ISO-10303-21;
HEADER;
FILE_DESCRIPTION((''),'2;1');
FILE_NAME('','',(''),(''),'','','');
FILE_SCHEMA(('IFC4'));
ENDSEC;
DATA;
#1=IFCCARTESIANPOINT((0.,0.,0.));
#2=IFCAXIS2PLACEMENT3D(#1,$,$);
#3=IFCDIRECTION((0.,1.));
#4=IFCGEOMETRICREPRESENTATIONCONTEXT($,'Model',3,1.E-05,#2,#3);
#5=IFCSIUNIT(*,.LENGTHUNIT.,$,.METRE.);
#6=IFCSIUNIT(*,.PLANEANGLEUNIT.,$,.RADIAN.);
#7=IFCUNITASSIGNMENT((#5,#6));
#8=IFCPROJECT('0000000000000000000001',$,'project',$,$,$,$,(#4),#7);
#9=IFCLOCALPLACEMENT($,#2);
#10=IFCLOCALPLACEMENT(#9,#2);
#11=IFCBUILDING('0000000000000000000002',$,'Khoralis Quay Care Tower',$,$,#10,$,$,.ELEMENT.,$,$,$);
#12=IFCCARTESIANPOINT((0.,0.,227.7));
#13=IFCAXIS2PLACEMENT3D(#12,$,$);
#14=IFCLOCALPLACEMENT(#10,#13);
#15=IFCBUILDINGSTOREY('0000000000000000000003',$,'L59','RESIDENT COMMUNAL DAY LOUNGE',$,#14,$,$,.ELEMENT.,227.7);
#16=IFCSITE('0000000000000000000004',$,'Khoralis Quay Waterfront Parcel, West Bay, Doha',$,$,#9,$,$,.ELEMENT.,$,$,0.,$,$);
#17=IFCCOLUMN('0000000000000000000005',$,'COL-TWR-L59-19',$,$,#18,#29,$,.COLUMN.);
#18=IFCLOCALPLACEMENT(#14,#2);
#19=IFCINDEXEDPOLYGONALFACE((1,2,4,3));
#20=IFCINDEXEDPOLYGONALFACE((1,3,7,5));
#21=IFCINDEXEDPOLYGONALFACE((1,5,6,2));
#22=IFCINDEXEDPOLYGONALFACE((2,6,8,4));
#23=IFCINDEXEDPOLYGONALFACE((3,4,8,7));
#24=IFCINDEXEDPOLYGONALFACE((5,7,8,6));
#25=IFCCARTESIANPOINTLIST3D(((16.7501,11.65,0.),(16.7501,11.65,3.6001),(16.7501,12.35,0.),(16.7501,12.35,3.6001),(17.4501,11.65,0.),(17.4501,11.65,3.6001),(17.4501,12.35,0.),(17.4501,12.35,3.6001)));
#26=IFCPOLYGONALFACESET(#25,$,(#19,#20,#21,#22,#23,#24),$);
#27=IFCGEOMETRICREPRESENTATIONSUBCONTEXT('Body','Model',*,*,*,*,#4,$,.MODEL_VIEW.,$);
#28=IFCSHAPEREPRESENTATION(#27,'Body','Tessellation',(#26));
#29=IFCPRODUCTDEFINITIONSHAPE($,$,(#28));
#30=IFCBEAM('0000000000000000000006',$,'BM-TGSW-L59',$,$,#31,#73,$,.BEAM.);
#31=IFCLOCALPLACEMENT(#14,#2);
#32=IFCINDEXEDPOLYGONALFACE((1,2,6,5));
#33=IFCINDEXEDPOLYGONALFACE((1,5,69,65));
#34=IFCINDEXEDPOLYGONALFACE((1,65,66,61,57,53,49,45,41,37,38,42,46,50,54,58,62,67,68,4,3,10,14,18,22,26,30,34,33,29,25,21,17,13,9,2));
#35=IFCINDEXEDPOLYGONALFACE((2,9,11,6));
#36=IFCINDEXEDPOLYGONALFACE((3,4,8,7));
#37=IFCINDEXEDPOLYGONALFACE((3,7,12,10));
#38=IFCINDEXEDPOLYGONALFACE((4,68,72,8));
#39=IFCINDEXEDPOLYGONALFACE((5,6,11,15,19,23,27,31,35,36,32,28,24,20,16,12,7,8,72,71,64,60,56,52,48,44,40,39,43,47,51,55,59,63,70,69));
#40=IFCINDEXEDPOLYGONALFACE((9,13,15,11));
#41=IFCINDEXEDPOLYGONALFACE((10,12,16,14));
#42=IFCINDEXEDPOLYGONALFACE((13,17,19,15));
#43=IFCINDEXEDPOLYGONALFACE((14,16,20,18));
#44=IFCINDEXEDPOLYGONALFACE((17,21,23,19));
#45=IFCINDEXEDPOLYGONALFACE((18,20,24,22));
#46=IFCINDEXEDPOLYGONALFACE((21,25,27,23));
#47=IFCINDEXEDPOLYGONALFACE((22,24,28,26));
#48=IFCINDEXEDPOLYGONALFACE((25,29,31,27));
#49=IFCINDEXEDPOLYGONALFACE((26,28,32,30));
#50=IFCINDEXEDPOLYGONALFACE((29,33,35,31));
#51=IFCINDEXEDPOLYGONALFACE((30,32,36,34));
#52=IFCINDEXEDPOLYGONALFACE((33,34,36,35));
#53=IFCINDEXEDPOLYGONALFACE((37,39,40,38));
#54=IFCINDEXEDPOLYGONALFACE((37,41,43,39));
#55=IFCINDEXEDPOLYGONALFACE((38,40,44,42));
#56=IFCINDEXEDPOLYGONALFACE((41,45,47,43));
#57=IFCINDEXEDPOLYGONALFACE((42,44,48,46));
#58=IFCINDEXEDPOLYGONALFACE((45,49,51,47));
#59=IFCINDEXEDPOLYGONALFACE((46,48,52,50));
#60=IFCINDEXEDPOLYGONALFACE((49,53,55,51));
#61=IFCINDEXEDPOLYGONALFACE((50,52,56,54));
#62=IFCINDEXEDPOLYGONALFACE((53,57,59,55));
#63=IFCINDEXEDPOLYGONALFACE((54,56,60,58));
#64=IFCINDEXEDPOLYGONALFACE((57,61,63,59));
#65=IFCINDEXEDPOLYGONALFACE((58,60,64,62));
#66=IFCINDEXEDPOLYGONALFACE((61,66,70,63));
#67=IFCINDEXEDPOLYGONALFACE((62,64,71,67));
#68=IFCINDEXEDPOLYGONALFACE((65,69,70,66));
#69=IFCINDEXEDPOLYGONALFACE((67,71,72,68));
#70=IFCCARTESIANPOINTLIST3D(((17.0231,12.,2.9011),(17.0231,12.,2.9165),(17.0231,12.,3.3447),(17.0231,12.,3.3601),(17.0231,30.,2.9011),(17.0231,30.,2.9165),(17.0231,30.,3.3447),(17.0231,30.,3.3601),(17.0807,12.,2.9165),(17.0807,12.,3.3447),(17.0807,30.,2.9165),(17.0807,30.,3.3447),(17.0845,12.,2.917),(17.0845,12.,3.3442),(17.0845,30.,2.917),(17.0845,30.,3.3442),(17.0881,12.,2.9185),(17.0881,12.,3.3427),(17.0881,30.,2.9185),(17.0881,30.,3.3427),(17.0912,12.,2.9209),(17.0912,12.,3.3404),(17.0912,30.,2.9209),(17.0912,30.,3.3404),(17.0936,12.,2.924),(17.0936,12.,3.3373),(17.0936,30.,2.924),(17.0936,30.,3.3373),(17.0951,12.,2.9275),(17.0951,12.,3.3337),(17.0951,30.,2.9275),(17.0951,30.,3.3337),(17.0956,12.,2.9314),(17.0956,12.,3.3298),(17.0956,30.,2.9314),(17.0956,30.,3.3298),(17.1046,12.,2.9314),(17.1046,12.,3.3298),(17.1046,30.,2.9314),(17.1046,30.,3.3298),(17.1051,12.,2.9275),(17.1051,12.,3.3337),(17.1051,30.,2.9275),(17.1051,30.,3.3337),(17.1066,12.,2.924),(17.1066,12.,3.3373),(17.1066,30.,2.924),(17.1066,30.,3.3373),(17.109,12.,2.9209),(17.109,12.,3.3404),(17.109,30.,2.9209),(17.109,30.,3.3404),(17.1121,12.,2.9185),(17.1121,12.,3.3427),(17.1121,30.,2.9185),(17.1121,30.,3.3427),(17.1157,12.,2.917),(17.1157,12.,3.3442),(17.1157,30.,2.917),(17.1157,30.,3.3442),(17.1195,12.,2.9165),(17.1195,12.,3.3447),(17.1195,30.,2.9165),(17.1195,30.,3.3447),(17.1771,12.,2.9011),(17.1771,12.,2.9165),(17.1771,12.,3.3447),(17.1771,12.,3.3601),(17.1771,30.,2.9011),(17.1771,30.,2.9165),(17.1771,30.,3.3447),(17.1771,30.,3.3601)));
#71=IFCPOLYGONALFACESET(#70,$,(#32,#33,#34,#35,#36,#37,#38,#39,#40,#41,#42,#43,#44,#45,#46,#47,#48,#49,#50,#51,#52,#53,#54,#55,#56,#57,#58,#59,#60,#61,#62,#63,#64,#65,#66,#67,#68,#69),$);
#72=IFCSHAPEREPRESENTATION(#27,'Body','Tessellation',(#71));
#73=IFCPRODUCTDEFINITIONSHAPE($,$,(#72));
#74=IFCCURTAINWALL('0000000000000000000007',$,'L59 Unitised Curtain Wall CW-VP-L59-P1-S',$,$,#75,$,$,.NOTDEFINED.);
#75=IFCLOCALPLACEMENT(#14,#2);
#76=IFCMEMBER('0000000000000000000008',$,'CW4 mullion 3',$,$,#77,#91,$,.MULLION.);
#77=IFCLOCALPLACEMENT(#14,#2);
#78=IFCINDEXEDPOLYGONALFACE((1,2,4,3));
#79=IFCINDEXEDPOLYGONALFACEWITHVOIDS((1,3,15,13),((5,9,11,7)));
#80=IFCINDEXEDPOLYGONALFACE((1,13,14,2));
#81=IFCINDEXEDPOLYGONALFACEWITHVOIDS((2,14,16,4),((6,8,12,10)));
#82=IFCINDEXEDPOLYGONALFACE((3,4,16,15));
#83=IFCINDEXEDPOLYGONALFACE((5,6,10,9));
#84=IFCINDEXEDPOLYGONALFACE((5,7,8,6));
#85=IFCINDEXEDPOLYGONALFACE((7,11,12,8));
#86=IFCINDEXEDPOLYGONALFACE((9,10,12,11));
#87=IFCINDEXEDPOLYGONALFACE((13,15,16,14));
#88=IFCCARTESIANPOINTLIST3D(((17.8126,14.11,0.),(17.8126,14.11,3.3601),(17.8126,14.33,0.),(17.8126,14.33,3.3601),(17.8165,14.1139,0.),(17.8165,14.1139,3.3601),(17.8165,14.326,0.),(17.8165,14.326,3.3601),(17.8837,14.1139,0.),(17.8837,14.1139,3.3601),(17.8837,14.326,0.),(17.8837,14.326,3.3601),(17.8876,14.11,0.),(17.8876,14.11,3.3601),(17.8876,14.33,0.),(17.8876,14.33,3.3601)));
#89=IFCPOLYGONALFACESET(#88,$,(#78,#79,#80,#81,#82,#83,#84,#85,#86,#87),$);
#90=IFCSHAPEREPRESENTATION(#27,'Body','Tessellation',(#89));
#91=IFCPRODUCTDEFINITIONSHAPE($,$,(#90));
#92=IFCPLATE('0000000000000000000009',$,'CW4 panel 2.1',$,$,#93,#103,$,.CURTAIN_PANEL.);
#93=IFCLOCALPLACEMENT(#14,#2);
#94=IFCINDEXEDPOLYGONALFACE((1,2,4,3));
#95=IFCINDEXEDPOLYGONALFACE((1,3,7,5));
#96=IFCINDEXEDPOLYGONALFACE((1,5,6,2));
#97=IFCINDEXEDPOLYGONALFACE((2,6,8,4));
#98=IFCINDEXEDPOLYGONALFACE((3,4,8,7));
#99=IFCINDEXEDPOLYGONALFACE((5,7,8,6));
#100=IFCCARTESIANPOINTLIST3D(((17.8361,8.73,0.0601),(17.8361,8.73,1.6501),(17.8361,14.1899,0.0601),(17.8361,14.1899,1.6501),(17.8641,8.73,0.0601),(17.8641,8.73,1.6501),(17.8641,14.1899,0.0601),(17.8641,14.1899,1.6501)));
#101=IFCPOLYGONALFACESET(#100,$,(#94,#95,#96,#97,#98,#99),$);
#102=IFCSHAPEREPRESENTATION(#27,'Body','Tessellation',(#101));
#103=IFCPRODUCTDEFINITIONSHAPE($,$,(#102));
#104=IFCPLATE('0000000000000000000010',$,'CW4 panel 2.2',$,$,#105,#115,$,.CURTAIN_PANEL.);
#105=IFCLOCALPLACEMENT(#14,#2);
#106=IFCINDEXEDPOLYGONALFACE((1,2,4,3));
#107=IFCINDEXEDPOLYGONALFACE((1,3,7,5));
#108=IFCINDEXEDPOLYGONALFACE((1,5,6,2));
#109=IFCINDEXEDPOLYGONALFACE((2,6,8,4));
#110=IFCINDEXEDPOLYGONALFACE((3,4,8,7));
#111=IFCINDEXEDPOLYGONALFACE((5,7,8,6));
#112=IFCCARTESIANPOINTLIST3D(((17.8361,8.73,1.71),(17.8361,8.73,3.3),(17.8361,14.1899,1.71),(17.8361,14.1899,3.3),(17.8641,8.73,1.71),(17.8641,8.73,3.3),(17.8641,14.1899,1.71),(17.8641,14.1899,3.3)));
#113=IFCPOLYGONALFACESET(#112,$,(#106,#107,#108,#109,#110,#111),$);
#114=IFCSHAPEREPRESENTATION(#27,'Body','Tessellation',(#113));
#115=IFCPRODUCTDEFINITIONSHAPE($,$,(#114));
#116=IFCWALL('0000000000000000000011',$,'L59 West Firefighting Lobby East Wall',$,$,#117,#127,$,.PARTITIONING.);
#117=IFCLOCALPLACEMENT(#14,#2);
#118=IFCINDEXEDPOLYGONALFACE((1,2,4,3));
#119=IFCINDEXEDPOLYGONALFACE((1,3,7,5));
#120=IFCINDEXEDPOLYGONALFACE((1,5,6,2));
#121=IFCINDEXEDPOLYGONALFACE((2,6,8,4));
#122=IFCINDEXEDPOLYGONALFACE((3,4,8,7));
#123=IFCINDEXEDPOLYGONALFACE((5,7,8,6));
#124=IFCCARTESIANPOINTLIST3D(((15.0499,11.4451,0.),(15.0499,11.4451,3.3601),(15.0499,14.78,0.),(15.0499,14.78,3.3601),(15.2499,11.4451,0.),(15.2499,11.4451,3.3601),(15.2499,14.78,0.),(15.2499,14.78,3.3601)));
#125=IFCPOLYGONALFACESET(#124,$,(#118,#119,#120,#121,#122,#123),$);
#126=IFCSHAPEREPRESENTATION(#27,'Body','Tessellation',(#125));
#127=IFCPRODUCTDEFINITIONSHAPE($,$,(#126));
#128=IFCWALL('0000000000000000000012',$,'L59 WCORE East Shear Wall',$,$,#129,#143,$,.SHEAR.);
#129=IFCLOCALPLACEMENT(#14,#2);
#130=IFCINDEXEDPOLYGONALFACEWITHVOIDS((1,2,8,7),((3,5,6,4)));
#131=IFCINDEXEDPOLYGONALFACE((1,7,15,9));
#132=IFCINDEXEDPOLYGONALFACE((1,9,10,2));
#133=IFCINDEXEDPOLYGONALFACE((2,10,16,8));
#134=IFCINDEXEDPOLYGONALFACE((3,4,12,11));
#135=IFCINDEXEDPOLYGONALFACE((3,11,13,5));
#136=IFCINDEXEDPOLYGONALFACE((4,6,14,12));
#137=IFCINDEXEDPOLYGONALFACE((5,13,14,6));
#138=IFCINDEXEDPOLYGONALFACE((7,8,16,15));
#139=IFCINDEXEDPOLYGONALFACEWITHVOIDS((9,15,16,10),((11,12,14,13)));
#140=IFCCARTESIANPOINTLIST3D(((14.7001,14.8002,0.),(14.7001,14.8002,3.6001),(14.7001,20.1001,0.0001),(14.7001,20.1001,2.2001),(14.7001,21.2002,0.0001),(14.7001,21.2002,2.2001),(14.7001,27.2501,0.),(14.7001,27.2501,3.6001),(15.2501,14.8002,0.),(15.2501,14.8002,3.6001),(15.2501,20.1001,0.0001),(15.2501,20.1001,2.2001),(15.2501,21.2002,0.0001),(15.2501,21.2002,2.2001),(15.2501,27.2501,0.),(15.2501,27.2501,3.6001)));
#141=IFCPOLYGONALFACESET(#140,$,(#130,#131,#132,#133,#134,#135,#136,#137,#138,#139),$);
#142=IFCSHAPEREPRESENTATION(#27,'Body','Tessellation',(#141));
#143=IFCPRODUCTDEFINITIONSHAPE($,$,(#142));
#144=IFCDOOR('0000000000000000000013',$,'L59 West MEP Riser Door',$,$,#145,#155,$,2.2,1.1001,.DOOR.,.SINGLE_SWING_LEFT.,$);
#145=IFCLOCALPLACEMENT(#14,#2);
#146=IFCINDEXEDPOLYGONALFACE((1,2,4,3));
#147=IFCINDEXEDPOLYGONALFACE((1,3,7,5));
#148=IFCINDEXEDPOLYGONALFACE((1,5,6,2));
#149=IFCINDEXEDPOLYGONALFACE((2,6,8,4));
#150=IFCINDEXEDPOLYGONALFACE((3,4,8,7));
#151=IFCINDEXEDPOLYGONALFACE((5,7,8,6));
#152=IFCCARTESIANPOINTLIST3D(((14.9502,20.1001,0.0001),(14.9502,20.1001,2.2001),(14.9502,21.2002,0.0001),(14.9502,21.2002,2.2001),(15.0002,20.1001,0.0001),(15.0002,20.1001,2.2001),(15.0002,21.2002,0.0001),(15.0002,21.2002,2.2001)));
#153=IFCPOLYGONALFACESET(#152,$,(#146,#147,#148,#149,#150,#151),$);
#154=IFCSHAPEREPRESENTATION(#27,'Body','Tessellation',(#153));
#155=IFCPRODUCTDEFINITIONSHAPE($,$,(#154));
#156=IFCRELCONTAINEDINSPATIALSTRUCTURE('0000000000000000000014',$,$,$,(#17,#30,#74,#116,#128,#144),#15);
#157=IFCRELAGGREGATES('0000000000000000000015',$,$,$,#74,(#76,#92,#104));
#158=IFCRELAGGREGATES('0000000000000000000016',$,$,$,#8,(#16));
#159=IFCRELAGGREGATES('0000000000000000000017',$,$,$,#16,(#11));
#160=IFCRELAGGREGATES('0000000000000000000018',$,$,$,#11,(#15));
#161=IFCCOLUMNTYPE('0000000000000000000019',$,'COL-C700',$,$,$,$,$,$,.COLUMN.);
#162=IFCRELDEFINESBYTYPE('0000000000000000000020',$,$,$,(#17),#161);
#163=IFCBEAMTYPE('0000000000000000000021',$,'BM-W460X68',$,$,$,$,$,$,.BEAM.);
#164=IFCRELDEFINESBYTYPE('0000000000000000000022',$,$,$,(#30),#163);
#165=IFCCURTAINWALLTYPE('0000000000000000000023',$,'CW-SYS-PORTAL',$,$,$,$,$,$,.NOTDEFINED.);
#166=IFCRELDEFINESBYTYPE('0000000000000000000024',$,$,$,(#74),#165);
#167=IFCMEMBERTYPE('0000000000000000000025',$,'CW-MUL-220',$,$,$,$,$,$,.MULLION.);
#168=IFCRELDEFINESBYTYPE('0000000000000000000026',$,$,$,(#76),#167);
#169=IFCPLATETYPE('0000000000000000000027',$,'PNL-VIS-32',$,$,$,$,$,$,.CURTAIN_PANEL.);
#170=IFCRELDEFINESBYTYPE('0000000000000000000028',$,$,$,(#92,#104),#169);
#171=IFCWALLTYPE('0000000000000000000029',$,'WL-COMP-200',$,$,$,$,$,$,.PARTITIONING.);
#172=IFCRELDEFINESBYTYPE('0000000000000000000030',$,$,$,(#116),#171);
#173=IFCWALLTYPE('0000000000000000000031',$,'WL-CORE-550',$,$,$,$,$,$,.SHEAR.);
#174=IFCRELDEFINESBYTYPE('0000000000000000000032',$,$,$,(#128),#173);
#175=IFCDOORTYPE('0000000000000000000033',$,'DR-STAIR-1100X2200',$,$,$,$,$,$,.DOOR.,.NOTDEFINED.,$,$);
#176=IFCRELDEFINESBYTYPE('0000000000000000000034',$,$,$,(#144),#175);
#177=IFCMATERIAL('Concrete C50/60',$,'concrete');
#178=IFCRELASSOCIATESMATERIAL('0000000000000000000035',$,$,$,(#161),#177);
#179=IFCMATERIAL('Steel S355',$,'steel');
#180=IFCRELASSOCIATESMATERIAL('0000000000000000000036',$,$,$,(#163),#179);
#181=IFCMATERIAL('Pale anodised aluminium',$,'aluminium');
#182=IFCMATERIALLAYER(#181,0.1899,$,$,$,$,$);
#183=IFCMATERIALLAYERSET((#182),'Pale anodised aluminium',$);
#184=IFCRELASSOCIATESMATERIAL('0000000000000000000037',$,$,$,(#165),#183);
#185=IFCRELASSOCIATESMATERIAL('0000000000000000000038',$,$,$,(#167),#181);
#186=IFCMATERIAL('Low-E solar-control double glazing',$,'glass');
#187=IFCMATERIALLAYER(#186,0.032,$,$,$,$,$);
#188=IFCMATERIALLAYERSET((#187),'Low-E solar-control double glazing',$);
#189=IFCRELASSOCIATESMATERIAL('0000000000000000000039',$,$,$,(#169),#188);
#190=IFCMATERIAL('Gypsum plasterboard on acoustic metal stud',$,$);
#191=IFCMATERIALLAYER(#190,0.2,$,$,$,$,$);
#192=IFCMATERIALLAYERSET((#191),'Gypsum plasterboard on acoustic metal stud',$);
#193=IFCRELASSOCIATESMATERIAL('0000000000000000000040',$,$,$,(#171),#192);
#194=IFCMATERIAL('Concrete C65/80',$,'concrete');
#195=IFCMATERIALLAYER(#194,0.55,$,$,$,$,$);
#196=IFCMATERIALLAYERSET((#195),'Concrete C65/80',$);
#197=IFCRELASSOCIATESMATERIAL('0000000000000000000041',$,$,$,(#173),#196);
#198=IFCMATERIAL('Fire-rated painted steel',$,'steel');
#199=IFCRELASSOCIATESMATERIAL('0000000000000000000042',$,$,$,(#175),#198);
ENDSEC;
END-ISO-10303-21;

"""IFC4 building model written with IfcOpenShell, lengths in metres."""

from ifc_helpers import new_model, si_unit, direction, frame, frame_2d, origin, origin_2d, place, context, subcontext, project, spatial, rectangle, hollow_rectangle, i_section, extrude, source, transform, mapped, material, layer, layer_set, material_profile, profile_set, type_object, element, fill, aggregate, save


model = new_model("IFC4")

# Units and contexts
model_context = context("Model", 3, precision=1e-05, world=origin(), true_north=direction((0.0, 1.0)))
body_context = subcontext(model_context, "Body", "Model", "MODEL_VIEW")
ifc_project = project(units=[si_unit("LENGTHUNIT", "METRE"), si_unit("PLANEANGLEUNIT", "RADIAN")], contexts=[model_context])

# Site, building, storey
site_placement = place(None, origin())
site = spatial("IfcSite", under=ifc_project, at=site_placement, Name="Khoralis Quay Waterfront Parcel, West Bay, Doha", CompositionType="ELEMENT", RefElevation=0.0)
building_placement = place(site_placement, origin())
building = spatial("IfcBuilding", under=site, at=building_placement, Name="Khoralis Quay Care Tower", CompositionType="ELEMENT")
storey_placement = place(building_placement, frame((0.0, 0.0, 227.7)))
storey = spatial("IfcBuildingStorey", under=building, at=storey_placement, Name="L59", Description="RESIDENT COMMUNAL DAY LOUNGE", CompositionType="ELEMENT", Elevation=227.7)

# Column
ifc_material_1 = material(Name="Concrete C50/60", Category="concrete")
ifc_material_profile_1 = material_profile(ifc_material_1, rectangle(XDim=0.7, YDim=0.7, at=origin_2d()), Name="Concrete C50/60")
ifc_profile_set_1 = profile_set([ifc_material_profile_1], Name="Concrete C50/60")
column_type = type_object("IfcColumnType", Name="COL-C700", PredefinedType="COLUMN", material=ifc_profile_set_1)
shared_shape_1 = source(origin(), body_context, "Body", "SweptSolid", [
    extrude(rectangle(XDim=0.7, YDim=0.7, at=origin_2d()), origin(), (0.0, 0.0, 1.0), 3.6001),
])
column_placement = place(storey_placement, frame((17.1001, 12.0, 0.0), z_axis=(0.0, 0.0, 1.0), x_axis=(1.0, 0.0, 0.0)))
element("IfcColumn", 1, at=column_placement, inside=storey, type_object=column_type, Name="COL-TWR-L59-19", PredefinedType="COLUMN", context=body_context, shape_type="MappedRepresentation", body=[
    mapped(shared_shape_1, transform((0.0, 0.0, 0.0), scale=1.0)),
])

# Beam
ifc_material_2 = material(Name="Steel S355", Category="steel")
ifc_material_profile_2 = material_profile(ifc_material_2, i_section(OverallWidth=0.1541, OverallDepth=0.459, WebThickness=0.009, FlangeThickness=0.0154, FilletRadius=0.0149, at=origin_2d()), Name="Steel S355")
ifc_profile_set_2 = profile_set([ifc_material_profile_2], Name="Steel S355")
beam_type = type_object("IfcBeamType", Name="BM-W460X68", PredefinedType="BEAM", material=ifc_profile_set_2)
shared_shape_2 = source(origin(), body_context, "Body", "SweptSolid", [
    extrude(i_section(OverallWidth=0.1541, OverallDepth=0.459, WebThickness=0.009, FlangeThickness=0.0154, FilletRadius=0.0149, at=origin_2d()), origin(), (0.0, 0.0, 1.0), 18.0),
])
beam_placement = place(storey_placement, frame((17.1001, 12.0, 3.1306), z_axis=(0.0, 1.0, 0.0), x_axis=(-1.0, 0.0, 0.0)))
element("IfcBeam", 2, at=beam_placement, inside=storey, type_object=beam_type, Name="BM-TGSW-L59", PredefinedType="BEAM", context=body_context, shape_type="MappedRepresentation", body=[
    mapped(shared_shape_2, transform((0.0, 0.0, 0.0), scale=1.0)),
])

# Curtain wall, member, plates
ifc_material_3 = material(Name="Pale anodised aluminium", Category="aluminium")
ifc_layer_1 = layer(ifc_material_3, 0.1899)
ifc_layer_set_1 = layer_set([ifc_layer_1], Name="Pale anodised aluminium")
curtain_wall_type = type_object("IfcCurtainWallType", Name="CW-SYS-PORTAL", PredefinedType="NOTDEFINED", material=ifc_layer_set_1)
curtain_wall_placement = place(storey_placement, origin())
curtain_wall = element("IfcCurtainWall", 3, at=curtain_wall_placement, inside=storey, type_object=curtain_wall_type, Name="L59 Unitised Curtain Wall CW-VP-L59-P1-S", PredefinedType="NOTDEFINED")
ifc_material_profile_3 = material_profile(ifc_material_3, hollow_rectangle(XDim=0.075, YDim=0.22, WallThickness=0.0039, at=origin_2d()), Name="Pale anodised aluminium")
ifc_profile_set_3 = profile_set([ifc_material_profile_3], Name="Pale anodised aluminium")
member_type = type_object("IfcMemberType", Name="CW-MUL-220", PredefinedType="MULLION", material=ifc_profile_set_3)
shared_shape_3 = source(origin(), body_context, "Body", "SweptSolid", [
    extrude(hollow_rectangle(XDim=0.075, YDim=0.22, WallThickness=0.0039, at=origin_2d()), origin(), (0.0, 0.0, 1.0), 3.3601),
])
member_placement = place(storey_placement, frame((17.8501, 14.22, 0.0), z_axis=(0.0, 0.0, 1.0), x_axis=(-1.0, 0.0, 0.0)))
member = element("IfcMember", 4, at=member_placement, type_object=member_type, Name="CW4 mullion 3", PredefinedType="MULLION", context=body_context, shape_type="MappedRepresentation", body=[
    mapped(shared_shape_3, transform((0.0, 0.0, 0.0), scale=1.0)),
])
ifc_material_4 = material(Name="Low-E solar-control double glazing", Category="glass")
ifc_layer_2 = layer(ifc_material_4, 0.032)
ifc_layer_set_2 = layer_set([ifc_layer_2], Name="Low-E solar-control double glazing")
plate_type = type_object("IfcPlateType", Name="PNL-VIS-32", PredefinedType="CURTAIN_PANEL", material=ifc_layer_set_2)
shared_shape_4 = source(origin(), body_context, "Body", "SweptSolid", [
    extrude(rectangle(XDim=5.46, YDim=0.0281, at=origin_2d()), origin(), (0.0, 0.0, 1.0), 1.5901),
])
plate_1_placement = place(storey_placement, frame((17.8501, 11.46, 0.0601), z_axis=(0.0, 0.0, 1.0), x_axis=(0.0, 1.0, 0.0)))
plate_1 = element("IfcPlate", 5, at=plate_1_placement, type_object=plate_type, Name="CW4 panel 2.1", PredefinedType="CURTAIN_PANEL", context=body_context, shape_type="MappedRepresentation", body=[
    mapped(shared_shape_4, transform((0.0, 0.0, 0.0), scale=1.0)),
])
plate_2_placement = place(storey_placement, frame((17.8501, 11.46, 1.71), z_axis=(0.0, 0.0, 1.0), x_axis=(0.0, 1.0, 0.0)))
plate_2 = element("IfcPlate", 6, at=plate_2_placement, type_object=plate_type, Name="CW4 panel 2.2", PredefinedType="CURTAIN_PANEL", context=body_context, shape_type="MappedRepresentation", body=[
    mapped(shared_shape_4, transform((0.0, 0.0, 0.0), scale=1.0)),
])
aggregate(curtain_wall, [member, plate_1, plate_2])

# Wall
ifc_material_5 = material(Name="Gypsum plasterboard on acoustic metal stud")
ifc_layer_3 = layer(ifc_material_5, 0.2)
ifc_layer_set_3 = layer_set([ifc_layer_3], Name="Gypsum plasterboard on acoustic metal stud")
wall_type_1 = type_object("IfcWallType", Name="WL-COMP-200", PredefinedType="PARTITIONING", material=ifc_layer_set_3)
wall_1_placement = place(storey_placement, frame((15.1499, 11.4451, 0.0), z_axis=(0.0, 0.0, 1.0), x_axis=(0.0, 1.0, 0.0)))
element("IfcWall", 7, at=wall_1_placement, inside=storey, type_object=wall_type_1, Name="L59 West Firefighting Lobby East Wall", PredefinedType="PARTITIONING", context=body_context, shape_type="SweptSolid", body=[
    extrude(rectangle(XDim=3.335, YDim=0.2, at=frame_2d((1.6675, 0.0))), origin(), (0.0, 0.0, 1.0), 3.3601),
])

# Wall, opening, door
ifc_material_6 = material(Name="Concrete C65/80", Category="concrete")
ifc_layer_4 = layer(ifc_material_6, 0.55)
ifc_layer_set_4 = layer_set([ifc_layer_4], Name="Concrete C65/80")
wall_type_2 = type_object("IfcWallType", Name="WL-CORE-550", PredefinedType="SHEAR", material=ifc_layer_set_4)
wall_2_placement = place(storey_placement, frame((14.9751, 14.8, 0.0), z_axis=(0.0, 0.0, 1.0), x_axis=(0.0, 1.0, 0.0)))
wall_2 = element("IfcWall", 8, at=wall_2_placement, inside=storey, type_object=wall_type_2, Name="L59 WCORE East Shear Wall", PredefinedType="SHEAR", context=body_context, shape_type="SweptSolid", body=[
    extrude(rectangle(XDim=12.45, YDim=0.55, at=frame_2d((6.2251, 0.0))), origin(), (0.0, 0.0, 1.0), 3.6001),
])
opening_1_placement = place(wall_2_placement, frame((5.3, 0.0, 0.0)))
opening_1 = element("IfcOpeningElement", 9, at=opening_1_placement, cuts=wall_2, PredefinedType="OPENING", context=body_context, shape_type="SweptSolid", body=[
    extrude(rectangle(XDim=1.1001, YDim=2.2, at=frame_2d((0.55, 1.1001))), frame((0.0, 0.2852, 0.0), z_axis=(0.0, -1.0, 0.0), x_axis=(1.0, 0.0, 0.0)), (0.0, 0.0, 1.0), 0.5701),
])
ifc_material_7 = material(Name="Fire-rated painted steel", Category="steel")
door_type_1 = type_object("IfcDoorType", Name="DR-STAIR-1100X2200", OperationType="NOTDEFINED", PredefinedType="DOOR", material=ifc_material_7)
shared_shape_5 = source(origin(), body_context, "Body", "SweptSolid", [
    extrude(rectangle(XDim=1.1001, YDim=2.2, at=frame_2d((0.55, 1.1001))), frame((0.0, 0.0249, 0.0), z_axis=(0.0, -1.0, 0.0), x_axis=(1.0, 0.0, 0.0)), (0.0, 0.0, 1.0), 0.05),
])
door_1_placement = place(opening_1_placement, origin())
door_1 = element("IfcDoor", 10, at=door_1_placement, inside=storey, type_object=door_type_1, Name="L59 West MEP Riser Door", OperationType="SINGLE_SWING_LEFT", OverallHeight=2.2, OverallWidth=1.1001, PredefinedType="DOOR", context=body_context, shape_type="MappedRepresentation", body=[
    mapped(shared_shape_5, transform((0.0, 0.0, 0.0), scale=1.0)),
])
fill(opening_1, door_1)

save(model, "model.ifc")
